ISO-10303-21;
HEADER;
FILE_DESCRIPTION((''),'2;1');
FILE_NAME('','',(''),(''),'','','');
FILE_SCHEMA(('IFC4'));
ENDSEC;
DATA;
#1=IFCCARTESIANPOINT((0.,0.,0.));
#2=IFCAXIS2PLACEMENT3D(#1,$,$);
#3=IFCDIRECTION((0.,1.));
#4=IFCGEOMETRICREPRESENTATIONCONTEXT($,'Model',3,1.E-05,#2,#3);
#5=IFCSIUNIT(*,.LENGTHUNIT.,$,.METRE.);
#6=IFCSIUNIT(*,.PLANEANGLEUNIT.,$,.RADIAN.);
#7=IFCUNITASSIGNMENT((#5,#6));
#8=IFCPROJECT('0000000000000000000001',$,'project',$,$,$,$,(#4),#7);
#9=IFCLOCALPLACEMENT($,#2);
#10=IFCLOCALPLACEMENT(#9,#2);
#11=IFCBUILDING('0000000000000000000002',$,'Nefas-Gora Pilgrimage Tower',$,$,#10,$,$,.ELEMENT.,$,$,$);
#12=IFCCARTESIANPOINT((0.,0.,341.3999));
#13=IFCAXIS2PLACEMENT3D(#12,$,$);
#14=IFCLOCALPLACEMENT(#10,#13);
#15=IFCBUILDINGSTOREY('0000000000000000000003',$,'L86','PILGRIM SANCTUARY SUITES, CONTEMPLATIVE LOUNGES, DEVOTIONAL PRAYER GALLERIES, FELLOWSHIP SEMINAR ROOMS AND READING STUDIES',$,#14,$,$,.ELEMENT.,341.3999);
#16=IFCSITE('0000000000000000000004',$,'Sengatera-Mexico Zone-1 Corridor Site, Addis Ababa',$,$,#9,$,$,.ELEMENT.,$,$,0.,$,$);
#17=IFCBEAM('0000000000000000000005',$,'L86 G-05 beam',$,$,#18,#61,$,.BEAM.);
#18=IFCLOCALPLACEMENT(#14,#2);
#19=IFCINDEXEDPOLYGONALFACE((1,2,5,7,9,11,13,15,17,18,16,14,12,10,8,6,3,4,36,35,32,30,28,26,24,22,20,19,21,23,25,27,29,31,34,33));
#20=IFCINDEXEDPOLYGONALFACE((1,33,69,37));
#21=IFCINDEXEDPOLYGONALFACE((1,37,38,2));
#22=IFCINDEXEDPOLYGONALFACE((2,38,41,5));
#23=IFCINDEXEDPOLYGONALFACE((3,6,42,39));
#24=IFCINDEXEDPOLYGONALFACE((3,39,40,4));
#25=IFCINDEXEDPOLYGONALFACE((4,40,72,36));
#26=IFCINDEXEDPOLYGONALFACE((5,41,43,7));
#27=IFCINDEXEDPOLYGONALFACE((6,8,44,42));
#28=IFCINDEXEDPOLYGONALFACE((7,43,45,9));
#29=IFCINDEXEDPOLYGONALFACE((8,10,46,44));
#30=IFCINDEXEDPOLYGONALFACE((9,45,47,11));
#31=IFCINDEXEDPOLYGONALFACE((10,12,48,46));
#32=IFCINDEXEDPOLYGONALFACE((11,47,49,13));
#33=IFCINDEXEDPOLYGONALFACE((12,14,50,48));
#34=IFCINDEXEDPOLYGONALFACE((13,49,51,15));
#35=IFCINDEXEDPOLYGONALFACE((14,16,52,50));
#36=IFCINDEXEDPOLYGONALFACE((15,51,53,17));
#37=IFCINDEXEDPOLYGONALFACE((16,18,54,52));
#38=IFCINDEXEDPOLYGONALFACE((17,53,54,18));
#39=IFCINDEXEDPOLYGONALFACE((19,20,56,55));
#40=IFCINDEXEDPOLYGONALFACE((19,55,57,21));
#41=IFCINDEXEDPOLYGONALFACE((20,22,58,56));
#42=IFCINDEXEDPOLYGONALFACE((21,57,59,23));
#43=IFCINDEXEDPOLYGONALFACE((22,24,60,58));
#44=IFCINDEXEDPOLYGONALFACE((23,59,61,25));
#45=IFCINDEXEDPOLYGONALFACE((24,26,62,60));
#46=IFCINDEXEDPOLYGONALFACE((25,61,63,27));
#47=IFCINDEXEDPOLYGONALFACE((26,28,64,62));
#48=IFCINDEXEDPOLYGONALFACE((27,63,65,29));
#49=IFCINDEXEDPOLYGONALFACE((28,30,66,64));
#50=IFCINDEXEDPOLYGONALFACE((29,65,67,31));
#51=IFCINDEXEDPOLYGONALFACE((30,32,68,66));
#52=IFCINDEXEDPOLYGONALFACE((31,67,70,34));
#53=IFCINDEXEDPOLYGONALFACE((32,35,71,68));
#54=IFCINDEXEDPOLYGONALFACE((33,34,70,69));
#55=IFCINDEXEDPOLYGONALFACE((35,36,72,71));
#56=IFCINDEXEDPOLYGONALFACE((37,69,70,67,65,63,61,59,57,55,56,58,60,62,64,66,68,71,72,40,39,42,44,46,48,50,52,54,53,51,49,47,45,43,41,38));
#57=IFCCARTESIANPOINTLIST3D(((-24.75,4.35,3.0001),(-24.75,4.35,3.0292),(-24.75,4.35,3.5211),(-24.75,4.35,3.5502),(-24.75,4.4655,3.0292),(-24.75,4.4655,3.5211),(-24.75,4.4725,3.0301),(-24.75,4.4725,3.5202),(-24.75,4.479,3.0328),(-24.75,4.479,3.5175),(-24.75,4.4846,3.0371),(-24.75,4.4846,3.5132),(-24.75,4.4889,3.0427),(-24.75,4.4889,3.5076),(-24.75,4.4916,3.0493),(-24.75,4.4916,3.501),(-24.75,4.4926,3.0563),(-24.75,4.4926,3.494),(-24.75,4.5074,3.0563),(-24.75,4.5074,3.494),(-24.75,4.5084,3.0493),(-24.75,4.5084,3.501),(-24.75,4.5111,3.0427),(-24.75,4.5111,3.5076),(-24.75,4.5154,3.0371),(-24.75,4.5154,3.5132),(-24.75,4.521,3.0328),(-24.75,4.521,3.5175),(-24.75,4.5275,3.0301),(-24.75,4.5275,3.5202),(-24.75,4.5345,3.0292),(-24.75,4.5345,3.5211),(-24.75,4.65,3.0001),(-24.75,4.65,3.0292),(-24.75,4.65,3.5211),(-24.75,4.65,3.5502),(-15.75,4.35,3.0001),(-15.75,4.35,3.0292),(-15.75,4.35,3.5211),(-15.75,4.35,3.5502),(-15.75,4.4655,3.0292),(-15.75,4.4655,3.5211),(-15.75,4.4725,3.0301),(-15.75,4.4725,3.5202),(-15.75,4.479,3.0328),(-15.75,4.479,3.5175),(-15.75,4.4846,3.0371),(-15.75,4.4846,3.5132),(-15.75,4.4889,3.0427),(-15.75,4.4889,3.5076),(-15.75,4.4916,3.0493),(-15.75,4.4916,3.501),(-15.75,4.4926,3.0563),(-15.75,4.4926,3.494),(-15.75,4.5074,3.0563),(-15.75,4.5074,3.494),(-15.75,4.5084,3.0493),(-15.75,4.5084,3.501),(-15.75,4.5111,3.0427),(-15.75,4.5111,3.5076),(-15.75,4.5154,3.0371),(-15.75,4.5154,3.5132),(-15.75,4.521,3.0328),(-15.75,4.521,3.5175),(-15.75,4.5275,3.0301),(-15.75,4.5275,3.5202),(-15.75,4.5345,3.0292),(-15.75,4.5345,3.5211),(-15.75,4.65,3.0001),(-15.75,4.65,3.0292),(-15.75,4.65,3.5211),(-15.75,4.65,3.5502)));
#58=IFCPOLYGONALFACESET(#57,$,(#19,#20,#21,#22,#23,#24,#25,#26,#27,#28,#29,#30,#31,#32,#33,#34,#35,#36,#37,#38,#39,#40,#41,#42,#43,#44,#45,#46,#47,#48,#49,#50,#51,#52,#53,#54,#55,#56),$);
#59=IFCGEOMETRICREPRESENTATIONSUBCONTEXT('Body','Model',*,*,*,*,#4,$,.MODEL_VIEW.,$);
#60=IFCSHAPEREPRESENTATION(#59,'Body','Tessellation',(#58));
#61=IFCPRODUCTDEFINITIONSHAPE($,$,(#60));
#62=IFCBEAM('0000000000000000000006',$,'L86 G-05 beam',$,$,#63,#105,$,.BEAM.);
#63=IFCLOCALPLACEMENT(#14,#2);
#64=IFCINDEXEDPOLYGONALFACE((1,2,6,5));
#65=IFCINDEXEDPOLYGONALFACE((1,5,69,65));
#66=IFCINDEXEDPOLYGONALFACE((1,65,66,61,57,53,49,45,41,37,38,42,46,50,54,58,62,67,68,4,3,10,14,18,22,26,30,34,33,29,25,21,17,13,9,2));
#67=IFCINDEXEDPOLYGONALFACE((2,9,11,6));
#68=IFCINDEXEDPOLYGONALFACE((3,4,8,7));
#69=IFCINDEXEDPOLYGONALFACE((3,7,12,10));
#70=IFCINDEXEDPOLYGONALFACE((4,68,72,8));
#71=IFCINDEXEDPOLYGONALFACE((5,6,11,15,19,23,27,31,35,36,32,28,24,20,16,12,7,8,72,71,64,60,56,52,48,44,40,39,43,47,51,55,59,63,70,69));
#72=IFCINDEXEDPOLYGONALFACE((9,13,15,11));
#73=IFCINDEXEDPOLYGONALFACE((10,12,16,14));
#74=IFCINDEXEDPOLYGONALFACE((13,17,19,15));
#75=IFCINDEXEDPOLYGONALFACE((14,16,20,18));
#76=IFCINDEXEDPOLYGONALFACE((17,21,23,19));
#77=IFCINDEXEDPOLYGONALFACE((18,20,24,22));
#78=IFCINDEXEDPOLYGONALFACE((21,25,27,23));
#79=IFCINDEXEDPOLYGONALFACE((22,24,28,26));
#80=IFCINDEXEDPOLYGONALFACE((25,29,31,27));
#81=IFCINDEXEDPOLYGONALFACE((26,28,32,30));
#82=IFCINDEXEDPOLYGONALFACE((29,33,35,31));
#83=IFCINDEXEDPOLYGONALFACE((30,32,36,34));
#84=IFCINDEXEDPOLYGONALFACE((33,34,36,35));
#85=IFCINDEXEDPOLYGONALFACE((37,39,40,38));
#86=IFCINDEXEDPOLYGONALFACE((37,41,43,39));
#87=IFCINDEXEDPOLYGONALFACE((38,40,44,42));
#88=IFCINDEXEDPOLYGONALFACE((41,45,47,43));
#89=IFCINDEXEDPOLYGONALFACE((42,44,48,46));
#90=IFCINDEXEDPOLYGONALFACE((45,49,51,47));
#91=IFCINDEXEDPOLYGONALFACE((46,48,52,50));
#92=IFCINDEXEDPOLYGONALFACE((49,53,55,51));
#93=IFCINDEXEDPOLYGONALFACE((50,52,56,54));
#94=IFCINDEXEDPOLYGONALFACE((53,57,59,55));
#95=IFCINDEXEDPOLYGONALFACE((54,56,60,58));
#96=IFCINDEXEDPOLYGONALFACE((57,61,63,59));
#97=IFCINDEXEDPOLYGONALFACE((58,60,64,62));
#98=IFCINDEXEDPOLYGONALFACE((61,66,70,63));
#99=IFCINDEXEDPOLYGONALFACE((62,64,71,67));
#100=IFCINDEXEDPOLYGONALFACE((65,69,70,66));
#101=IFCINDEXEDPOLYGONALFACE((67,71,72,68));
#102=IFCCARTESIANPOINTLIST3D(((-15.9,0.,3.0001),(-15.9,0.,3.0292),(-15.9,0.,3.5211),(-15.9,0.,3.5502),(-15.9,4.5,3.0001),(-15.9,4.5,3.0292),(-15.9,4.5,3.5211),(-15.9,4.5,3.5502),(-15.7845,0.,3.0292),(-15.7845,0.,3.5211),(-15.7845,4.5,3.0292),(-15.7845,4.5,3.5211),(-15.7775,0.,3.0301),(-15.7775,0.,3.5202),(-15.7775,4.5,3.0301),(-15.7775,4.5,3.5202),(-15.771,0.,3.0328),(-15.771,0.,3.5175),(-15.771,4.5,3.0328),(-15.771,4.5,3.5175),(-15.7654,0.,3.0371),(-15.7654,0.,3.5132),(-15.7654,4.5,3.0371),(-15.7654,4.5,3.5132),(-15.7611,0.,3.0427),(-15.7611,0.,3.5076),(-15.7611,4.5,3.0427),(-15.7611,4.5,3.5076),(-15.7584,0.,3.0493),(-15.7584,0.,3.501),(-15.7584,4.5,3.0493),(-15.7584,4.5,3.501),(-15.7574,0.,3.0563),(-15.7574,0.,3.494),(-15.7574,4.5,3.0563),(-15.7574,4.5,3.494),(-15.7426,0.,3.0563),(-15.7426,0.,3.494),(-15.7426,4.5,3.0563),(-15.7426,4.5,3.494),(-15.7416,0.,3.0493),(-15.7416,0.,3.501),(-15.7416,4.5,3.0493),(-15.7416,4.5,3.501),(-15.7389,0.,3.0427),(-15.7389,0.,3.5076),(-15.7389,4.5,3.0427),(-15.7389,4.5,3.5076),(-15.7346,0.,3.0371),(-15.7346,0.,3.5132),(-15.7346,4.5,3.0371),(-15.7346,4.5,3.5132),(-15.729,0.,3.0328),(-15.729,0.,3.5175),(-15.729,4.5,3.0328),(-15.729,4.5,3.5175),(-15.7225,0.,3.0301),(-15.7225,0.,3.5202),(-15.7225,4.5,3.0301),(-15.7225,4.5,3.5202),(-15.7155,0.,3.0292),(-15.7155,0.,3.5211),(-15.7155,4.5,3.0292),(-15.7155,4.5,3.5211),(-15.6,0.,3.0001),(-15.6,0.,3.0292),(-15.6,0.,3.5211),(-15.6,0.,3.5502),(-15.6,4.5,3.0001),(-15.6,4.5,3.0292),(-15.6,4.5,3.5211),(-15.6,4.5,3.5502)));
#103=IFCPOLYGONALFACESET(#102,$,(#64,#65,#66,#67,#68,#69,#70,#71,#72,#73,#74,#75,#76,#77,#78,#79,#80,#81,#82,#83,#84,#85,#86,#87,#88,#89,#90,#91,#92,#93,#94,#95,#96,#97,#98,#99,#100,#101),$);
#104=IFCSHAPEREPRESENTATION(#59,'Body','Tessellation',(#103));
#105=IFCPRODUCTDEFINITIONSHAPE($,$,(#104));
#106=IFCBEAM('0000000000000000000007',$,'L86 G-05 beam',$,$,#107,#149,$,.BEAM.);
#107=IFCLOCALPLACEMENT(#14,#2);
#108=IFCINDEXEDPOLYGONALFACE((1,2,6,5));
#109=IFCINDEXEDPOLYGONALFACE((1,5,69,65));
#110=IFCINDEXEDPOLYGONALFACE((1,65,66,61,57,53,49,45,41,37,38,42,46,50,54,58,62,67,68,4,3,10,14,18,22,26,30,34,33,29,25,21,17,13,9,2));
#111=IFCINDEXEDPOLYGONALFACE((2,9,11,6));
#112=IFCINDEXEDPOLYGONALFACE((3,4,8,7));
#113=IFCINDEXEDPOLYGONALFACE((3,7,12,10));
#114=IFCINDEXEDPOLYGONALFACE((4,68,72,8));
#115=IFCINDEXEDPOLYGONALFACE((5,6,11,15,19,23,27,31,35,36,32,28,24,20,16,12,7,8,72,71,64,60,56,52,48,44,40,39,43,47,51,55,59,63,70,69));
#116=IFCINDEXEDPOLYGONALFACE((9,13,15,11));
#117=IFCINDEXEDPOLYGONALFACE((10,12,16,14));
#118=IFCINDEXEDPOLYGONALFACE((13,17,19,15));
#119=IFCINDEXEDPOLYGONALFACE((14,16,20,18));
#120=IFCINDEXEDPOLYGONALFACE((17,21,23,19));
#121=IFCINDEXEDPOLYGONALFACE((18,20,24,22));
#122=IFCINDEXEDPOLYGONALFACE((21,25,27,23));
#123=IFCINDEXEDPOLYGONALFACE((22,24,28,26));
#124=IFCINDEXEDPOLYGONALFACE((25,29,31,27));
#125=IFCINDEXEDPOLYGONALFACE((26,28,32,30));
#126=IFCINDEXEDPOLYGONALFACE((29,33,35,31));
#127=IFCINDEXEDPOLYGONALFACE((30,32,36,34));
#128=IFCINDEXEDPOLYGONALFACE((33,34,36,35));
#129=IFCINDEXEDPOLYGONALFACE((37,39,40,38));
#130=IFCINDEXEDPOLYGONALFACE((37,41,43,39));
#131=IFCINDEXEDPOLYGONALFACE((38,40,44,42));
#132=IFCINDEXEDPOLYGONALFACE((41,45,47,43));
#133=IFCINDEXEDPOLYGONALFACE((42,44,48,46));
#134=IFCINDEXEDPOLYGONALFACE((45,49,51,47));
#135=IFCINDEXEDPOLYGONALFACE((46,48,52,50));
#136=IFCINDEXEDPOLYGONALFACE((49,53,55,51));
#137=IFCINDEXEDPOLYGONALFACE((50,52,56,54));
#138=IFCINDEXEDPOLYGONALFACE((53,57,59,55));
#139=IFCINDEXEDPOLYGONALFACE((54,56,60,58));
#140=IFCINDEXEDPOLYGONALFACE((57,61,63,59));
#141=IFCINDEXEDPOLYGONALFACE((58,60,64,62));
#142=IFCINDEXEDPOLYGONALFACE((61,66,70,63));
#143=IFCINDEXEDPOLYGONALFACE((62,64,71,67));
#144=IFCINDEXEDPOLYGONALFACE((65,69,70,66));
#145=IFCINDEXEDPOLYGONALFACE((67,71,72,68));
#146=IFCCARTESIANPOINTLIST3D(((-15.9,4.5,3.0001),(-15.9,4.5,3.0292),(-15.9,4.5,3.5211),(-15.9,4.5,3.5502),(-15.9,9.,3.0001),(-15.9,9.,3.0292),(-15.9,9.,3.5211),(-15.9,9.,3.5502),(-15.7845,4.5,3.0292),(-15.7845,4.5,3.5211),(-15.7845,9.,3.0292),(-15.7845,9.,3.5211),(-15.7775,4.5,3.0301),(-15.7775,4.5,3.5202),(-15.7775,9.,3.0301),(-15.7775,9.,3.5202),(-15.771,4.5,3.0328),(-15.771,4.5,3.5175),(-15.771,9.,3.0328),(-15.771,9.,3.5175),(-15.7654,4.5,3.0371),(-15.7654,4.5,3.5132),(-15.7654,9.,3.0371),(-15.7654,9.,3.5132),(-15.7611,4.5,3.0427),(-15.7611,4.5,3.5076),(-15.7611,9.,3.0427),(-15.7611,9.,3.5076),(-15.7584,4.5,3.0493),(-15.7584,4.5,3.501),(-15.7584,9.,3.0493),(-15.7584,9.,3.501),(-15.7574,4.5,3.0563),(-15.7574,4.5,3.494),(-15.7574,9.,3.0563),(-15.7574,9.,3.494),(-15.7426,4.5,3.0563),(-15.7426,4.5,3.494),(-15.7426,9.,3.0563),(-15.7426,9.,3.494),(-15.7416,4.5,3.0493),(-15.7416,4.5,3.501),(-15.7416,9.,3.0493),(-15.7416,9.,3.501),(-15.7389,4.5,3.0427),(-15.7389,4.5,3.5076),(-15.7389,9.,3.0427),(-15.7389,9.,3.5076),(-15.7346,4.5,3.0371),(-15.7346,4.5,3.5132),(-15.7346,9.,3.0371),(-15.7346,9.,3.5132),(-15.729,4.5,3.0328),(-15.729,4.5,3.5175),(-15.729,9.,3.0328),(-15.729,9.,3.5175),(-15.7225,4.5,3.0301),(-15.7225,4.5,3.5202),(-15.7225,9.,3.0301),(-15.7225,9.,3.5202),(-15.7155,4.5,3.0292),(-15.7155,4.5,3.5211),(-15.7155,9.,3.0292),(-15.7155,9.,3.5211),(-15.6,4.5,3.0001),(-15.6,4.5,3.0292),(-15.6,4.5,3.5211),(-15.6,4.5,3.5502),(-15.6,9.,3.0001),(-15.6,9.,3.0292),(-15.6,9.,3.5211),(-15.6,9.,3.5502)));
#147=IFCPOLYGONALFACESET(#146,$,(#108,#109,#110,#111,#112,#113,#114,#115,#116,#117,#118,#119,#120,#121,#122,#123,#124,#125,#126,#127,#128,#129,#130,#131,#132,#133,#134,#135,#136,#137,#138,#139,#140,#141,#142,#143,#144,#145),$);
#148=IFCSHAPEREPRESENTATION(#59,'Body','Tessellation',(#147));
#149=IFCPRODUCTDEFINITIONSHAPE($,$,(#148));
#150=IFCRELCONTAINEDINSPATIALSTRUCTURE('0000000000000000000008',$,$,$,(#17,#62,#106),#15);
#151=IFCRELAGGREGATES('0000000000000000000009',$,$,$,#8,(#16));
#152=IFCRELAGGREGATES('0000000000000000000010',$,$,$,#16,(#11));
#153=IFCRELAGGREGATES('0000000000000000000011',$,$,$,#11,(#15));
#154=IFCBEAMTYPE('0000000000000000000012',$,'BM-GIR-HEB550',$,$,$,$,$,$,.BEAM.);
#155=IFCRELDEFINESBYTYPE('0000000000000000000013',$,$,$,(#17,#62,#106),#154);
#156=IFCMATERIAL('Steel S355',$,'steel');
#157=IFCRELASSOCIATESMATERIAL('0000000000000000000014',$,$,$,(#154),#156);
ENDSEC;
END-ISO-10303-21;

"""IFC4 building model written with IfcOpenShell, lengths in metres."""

from ifc_helpers import new_model, si_unit, direction, frame, origin, origin_2d, place, context, subcontext, project, spatial, i_section, extrude, source, transform, mapped, material, material_profile, profile_set, type_object, element, save


model = new_model("IFC4")

# Units and contexts
model_context = context("Model", 3, precision=1e-05, world=origin(), true_north=direction((0.0, 1.0)))
body_context = subcontext(model_context, "Body", "Model", "MODEL_VIEW")
ifc_project = project(units=[si_unit("LENGTHUNIT", "METRE"), si_unit("PLANEANGLEUNIT", "RADIAN")], contexts=[model_context])

# Site, building, storey
site_placement = place(None, origin())
site = spatial("IfcSite", under=ifc_project, at=site_placement, Name="Sengatera-Mexico Zone-1 Corridor Site, Addis Ababa", CompositionType="ELEMENT", RefElevation=0.0)
building_placement = place(site_placement, origin())
building = spatial("IfcBuilding", under=site, at=building_placement, Name="Nefas-Gora Pilgrimage Tower", CompositionType="ELEMENT")
storey_placement = place(building_placement, frame((0.0, 0.0, 341.3999)))
storey = spatial("IfcBuildingStorey", under=building, at=storey_placement, Name="L86", Description="PILGRIM SANCTUARY SUITES, CONTEMPLATIVE LOUNGES, DEVOTIONAL PRAYER GALLERIES, FELLOWSHIP SEMINAR ROOMS AND READING STUDIES", CompositionType="ELEMENT", Elevation=341.3999)

# Shared definitions
ifc_material_1 = material(Name="Steel S355", Category="steel")

# Beams
ifc_material_profile_1 = material_profile(ifc_material_1, i_section(OverallWidth=0.3, OverallDepth=0.55, WebThickness=0.0149, FlangeThickness=0.0291, FilletRadius=0.0271, at=origin_2d()), Name="HEB 550")
ifc_profile_set_1 = profile_set([ifc_material_profile_1], Name="Steel S355")
beam_type_1 = type_object("IfcBeamType", Name="BM-GIR-HEB550", PredefinedType="BEAM", material=ifc_profile_set_1)
shared_shape_1 = source(origin(), body_context, "Body", "SweptSolid", [
    extrude(i_section(OverallWidth=0.3, OverallDepth=0.55, WebThickness=0.0149, FlangeThickness=0.0291, FilletRadius=0.0271, at=origin_2d()), origin(), (0.0, 0.0, 1.0), 9.0),
])
for number, where, z_axis, x_axis, name in (
    (1, (-24.75, 4.5, 3.2751), (1.0, 0.0, 0.0), (0.0, 1.0, 0.0), "L86 G-05 beam"),
):
    element("IfcBeam", number, at=place(storey_placement, frame(where, z_axis=z_axis, x_axis=x_axis)), inside=storey, type_object=beam_type_1, Name=name, PredefinedType="BEAM", context=body_context, shape_type="MappedRepresentation", body=[
        mapped(shared_shape_1, transform((0.0, 0.0, 0.0), x_axis=(1.0, 0.0, 0.0), y_axis=(0.0, 1.0, 0.0), z_axis=(0.0, 0.0, 1.0), scale=1.0)),
    ])
shared_shape_2 = source(origin(), body_context, "Body", "SweptSolid", [
    extrude(i_section(OverallWidth=0.3, OverallDepth=0.55, WebThickness=0.0149, FlangeThickness=0.0291, FilletRadius=0.0271, at=origin_2d()), origin(), (0.0, 0.0, 1.0), 4.5),
])
for number, where, z_axis, x_axis, name in (
    (2, (-15.75, 0.0, 3.2751), (0.0, 1.0, 0.0), (-1.0, 0.0, 0.0), "L86 G-05 beam"),
    (3, (-15.75, 4.5, 3.2751), (0.0, 1.0, 0.0), (-1.0, 0.0, 0.0), "L86 G-05 beam"),
):
    element("IfcBeam", number, at=place(storey_placement, frame(where, z_axis=z_axis, x_axis=x_axis)), inside=storey, type_object=beam_type_1, Name=name, PredefinedType="BEAM", context=body_context, shape_type="MappedRepresentation", body=[
        mapped(shared_shape_2, transform((0.0, 0.0, 0.0), x_axis=(1.0, 0.0, 0.0), y_axis=(0.0, 1.0, 0.0), z_axis=(0.0, 0.0, 1.0), scale=1.0)),
    ])

save(model, "model.ifc")
